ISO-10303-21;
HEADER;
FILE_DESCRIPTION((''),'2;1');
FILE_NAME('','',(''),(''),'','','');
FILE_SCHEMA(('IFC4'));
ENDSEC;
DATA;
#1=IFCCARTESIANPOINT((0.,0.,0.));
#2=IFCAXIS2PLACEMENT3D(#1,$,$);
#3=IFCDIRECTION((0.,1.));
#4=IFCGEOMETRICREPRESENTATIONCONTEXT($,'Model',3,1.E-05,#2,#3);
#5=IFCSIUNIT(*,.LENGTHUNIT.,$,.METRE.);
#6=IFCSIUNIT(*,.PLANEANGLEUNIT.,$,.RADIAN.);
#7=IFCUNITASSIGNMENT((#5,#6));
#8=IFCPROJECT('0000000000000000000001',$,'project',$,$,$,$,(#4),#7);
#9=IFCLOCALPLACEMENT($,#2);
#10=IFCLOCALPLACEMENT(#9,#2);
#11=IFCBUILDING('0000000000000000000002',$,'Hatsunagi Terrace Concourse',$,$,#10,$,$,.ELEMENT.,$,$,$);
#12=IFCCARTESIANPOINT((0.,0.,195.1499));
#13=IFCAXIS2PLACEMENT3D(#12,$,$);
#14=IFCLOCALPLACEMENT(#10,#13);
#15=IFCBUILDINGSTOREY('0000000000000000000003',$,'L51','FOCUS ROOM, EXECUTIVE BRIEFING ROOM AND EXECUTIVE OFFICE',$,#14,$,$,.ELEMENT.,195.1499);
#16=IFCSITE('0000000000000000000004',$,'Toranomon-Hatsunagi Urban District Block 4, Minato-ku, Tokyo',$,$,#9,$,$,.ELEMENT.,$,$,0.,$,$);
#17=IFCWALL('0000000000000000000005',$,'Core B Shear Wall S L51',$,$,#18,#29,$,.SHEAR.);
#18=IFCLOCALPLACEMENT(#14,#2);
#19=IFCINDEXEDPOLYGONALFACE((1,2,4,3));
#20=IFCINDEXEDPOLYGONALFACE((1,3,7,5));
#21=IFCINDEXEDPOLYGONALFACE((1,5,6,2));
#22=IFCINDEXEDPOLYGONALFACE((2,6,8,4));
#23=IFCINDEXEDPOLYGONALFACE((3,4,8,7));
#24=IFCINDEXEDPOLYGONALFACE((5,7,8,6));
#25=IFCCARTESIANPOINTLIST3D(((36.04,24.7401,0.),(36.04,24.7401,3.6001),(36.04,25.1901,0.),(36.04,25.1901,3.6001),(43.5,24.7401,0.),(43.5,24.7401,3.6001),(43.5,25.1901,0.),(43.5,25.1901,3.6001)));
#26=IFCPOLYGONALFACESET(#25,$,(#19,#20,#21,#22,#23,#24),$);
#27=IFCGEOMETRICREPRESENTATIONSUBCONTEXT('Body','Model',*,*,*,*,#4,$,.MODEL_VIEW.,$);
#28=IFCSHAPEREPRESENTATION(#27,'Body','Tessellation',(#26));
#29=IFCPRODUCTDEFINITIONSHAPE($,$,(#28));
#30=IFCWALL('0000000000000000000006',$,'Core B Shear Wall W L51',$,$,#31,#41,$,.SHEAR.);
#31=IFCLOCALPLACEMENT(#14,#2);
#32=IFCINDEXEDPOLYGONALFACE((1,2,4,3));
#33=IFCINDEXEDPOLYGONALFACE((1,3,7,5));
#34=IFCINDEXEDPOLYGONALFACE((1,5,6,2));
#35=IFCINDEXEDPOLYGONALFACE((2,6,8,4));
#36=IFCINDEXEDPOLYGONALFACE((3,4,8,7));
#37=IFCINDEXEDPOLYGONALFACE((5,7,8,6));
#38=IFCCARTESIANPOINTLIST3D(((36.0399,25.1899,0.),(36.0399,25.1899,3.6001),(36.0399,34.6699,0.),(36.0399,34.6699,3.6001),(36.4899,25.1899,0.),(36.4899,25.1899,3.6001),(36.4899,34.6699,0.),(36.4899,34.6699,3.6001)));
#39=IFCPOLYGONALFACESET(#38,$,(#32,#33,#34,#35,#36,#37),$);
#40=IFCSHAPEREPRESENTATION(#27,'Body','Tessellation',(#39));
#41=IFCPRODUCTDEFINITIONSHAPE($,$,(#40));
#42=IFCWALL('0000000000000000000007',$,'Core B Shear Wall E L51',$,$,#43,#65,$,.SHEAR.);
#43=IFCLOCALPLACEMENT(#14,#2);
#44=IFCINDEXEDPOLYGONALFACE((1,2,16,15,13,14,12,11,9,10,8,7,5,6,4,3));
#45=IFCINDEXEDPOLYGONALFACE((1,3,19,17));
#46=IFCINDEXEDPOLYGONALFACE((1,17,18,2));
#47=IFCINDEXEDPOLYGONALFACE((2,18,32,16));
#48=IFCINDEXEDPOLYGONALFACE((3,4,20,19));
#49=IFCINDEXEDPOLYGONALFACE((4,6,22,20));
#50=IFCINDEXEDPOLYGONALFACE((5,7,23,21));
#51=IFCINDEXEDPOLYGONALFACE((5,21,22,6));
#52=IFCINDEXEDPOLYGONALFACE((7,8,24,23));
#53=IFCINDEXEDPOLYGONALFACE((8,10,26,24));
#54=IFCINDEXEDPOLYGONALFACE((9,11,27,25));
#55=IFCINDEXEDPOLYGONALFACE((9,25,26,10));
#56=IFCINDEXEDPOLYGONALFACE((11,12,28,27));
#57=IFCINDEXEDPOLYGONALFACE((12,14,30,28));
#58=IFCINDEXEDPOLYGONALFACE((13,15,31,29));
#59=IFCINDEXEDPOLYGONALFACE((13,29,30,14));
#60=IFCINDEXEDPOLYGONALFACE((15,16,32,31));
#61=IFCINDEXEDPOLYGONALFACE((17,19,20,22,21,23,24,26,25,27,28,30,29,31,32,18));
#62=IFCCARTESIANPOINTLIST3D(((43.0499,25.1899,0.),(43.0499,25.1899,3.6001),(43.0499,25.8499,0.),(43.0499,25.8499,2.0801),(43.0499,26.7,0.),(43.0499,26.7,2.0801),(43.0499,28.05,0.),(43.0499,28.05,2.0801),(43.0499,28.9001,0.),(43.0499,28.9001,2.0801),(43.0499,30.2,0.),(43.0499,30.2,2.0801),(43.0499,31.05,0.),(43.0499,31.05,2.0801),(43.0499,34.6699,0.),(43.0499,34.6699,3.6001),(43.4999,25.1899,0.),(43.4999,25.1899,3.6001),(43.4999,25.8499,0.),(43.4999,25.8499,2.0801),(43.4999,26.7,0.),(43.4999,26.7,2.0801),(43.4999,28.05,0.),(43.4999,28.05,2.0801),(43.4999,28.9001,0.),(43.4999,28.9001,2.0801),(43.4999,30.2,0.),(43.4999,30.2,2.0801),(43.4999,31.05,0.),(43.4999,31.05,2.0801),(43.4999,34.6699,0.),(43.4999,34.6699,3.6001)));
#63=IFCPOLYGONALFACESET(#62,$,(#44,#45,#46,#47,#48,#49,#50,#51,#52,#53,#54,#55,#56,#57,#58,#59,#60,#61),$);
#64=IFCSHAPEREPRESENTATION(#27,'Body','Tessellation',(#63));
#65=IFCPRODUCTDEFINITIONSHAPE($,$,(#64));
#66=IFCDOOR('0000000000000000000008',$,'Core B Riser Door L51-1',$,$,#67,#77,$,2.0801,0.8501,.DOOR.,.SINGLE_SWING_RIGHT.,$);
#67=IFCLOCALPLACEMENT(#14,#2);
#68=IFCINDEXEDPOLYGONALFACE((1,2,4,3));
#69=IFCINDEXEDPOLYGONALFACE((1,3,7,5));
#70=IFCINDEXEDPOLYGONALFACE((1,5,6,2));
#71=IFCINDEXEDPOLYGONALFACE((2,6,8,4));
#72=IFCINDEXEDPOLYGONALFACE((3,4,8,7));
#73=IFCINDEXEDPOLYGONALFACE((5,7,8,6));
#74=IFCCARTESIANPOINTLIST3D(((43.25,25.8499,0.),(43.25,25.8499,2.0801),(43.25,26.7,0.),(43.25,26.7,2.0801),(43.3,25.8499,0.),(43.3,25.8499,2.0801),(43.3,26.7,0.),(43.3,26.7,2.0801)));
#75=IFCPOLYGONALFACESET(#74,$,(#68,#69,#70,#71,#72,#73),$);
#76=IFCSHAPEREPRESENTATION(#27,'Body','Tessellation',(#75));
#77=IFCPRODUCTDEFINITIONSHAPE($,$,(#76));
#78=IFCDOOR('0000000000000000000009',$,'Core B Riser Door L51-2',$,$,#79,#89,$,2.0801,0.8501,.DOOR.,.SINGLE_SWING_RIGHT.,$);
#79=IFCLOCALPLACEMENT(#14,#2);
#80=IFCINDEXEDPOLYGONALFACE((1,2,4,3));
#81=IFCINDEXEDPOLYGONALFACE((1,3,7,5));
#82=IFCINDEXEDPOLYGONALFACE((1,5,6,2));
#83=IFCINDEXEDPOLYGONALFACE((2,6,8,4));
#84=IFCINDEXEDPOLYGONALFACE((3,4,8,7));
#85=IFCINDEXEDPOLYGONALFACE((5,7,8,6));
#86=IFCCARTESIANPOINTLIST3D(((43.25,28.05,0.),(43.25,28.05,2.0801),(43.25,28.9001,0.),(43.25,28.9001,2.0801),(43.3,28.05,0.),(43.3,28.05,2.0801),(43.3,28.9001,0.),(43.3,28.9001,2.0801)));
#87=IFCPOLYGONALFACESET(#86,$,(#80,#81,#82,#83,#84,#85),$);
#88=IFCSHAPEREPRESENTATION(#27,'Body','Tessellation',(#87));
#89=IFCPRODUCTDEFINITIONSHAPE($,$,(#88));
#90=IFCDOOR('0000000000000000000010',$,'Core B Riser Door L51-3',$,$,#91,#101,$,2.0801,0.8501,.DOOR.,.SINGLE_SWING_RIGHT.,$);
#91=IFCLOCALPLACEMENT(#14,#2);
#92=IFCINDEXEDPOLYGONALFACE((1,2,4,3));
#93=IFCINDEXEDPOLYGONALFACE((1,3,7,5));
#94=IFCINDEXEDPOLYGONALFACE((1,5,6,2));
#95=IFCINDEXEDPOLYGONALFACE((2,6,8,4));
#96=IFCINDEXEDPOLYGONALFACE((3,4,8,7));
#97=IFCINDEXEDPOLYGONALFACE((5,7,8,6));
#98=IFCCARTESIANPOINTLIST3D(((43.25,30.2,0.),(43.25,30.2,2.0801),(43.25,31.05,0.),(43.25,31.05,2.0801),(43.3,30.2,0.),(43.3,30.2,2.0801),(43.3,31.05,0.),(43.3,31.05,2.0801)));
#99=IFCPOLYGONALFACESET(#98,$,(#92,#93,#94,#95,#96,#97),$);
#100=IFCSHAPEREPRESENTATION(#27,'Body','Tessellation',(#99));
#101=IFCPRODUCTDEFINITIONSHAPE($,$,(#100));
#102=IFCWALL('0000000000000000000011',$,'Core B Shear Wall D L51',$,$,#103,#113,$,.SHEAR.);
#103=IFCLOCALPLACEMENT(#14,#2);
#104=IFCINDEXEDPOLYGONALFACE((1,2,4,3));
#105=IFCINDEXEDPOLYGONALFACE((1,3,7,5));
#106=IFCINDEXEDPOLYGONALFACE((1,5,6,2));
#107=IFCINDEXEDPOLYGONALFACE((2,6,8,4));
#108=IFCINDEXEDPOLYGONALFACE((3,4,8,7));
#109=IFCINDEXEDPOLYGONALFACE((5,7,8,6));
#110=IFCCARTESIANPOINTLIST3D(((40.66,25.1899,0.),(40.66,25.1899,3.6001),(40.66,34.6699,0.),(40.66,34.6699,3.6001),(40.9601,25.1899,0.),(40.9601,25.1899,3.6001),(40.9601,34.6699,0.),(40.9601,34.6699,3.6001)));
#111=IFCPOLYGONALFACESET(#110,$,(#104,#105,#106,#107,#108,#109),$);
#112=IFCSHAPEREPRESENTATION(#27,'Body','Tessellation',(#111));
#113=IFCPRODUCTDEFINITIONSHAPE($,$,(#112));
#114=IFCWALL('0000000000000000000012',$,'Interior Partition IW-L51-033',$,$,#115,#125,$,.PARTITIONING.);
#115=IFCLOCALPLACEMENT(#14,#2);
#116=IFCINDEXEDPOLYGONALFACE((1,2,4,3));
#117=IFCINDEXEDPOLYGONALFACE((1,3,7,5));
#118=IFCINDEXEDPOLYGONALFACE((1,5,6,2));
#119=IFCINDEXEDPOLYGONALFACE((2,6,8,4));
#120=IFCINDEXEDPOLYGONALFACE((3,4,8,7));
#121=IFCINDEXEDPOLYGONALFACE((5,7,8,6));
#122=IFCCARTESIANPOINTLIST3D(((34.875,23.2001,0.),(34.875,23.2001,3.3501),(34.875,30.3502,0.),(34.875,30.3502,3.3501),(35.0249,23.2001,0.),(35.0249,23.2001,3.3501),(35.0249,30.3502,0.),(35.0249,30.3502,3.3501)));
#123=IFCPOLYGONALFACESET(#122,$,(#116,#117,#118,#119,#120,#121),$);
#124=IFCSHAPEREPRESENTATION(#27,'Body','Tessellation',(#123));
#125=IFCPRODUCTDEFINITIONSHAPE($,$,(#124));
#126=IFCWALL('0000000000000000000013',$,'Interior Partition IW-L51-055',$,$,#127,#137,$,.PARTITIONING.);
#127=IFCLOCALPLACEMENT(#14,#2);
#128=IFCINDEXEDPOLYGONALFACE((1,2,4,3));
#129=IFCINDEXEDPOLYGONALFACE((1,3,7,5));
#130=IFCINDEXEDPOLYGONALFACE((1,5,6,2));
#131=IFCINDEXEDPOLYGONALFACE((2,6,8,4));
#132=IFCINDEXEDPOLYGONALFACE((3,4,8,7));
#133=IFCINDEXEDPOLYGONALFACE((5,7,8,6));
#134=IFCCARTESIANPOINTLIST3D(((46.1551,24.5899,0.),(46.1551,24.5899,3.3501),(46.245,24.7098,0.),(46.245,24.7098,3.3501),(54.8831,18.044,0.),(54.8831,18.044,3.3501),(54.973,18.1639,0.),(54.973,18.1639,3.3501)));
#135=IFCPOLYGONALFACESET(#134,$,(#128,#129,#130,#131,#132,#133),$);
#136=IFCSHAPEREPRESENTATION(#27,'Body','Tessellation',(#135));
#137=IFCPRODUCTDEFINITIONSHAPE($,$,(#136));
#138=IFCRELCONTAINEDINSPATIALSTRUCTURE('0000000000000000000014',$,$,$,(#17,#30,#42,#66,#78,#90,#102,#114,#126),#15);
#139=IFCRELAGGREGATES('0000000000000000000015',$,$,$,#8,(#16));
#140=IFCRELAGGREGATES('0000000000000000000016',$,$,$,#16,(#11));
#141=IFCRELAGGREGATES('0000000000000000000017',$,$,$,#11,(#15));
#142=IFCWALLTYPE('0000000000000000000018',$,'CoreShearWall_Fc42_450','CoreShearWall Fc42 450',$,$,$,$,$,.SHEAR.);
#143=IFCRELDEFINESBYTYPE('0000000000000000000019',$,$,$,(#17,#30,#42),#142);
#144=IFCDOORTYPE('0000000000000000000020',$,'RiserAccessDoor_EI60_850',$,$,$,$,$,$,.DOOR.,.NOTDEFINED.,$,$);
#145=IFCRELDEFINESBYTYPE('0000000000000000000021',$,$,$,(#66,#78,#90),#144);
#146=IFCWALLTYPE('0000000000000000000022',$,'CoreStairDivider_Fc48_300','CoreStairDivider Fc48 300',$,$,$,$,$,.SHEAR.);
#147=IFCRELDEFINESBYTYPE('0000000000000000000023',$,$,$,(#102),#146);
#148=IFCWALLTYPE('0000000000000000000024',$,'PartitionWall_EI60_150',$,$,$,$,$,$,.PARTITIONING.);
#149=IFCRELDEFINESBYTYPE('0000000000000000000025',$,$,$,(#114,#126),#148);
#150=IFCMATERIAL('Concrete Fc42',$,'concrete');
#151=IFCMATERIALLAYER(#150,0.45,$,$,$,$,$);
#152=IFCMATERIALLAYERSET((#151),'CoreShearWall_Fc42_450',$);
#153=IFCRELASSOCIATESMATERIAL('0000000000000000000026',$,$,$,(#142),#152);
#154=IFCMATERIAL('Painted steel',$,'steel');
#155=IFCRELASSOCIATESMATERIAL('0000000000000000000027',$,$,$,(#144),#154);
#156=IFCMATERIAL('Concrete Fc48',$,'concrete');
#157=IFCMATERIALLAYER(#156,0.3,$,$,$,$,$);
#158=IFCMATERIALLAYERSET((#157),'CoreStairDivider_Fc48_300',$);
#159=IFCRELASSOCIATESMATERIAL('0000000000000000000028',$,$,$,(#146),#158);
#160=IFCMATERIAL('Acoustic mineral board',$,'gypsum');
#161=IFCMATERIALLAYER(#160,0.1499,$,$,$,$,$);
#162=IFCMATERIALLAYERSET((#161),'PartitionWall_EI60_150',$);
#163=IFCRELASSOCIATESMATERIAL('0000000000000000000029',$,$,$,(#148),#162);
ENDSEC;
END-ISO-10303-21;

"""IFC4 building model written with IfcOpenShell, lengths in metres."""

from ifc_helpers import new_model, si_unit, direction, frame, frame_2d, origin, place, context, subcontext, project, spatial, rectangle, extrude, material, layer, layer_set, type_object, element, fill, save


model = new_model("IFC4")

# Units and contexts
model_context = context("Model", 3, precision=1e-05, world=origin(), true_north=direction((0.0, 1.0)))
body_context = subcontext(model_context, "Body", "Model", "MODEL_VIEW")
ifc_project = project(units=[si_unit("LENGTHUNIT", "METRE"), si_unit("PLANEANGLEUNIT", "RADIAN")], contexts=[model_context])

# Site, building, storey
site_placement = place(None, origin())
site = spatial("IfcSite", under=ifc_project, at=site_placement, Name="Toranomon-Hatsunagi Urban District Block 4, Minato-ku, Tokyo", CompositionType="ELEMENT", RefElevation=0.0)
building_placement = place(site_placement, origin())
building = spatial("IfcBuilding", under=site, at=building_placement, Name="Hatsunagi Terrace Concourse", CompositionType="ELEMENT")
storey_placement = place(building_placement, frame((0.0, 0.0, 195.1499)))
storey = spatial("IfcBuildingStorey", under=building, at=storey_placement, Name="L51", Description="FOCUS ROOM, EXECUTIVE BRIEFING ROOM AND EXECUTIVE OFFICE", CompositionType="ELEMENT", Elevation=195.1499)

# Walls
ifc_material_1 = material(Name="Concrete Fc42", Category="concrete")
ifc_layer_1 = layer(ifc_material_1, 0.45)
ifc_layer_set_1 = layer_set([ifc_layer_1], Name="CoreShearWall_Fc42_450")
wall_type_1 = type_object("IfcWallType", Name="CoreShearWall_Fc42_450", Description="CoreShearWall Fc42 450", PredefinedType="SHEAR", material=ifc_layer_set_1)
wall_1_placement = place(storey_placement, frame((36.04, 24.9651, 0.0), z_axis=(0.0, 0.0, 1.0), x_axis=(1.0, 0.0, 0.0)))
element("IfcWall", 1, at=wall_1_placement, inside=storey, type_object=wall_type_1, Name="Core B Shear Wall S L51", PredefinedType="SHEAR", context=body_context, shape_type="SweptSolid", body=[
    extrude(rectangle(XDim=7.46, YDim=0.45, at=frame_2d((3.73, 0.0))), origin(), (0.0, 0.0, 1.0), 3.6001),
])
wall_2_placement = place(storey_placement, frame((36.2649, 25.1899, 0.0), z_axis=(0.0, 0.0, 1.0), x_axis=(0.0, 1.0, 0.0)))
element("IfcWall", 2, at=wall_2_placement, inside=storey, type_object=wall_type_1, Name="Core B Shear Wall W L51", PredefinedType="SHEAR", context=body_context, shape_type="SweptSolid", body=[
    extrude(rectangle(XDim=9.48, YDim=0.45, at=frame_2d((4.74, 0.0))), origin(), (0.0, 0.0, 1.0), 3.6001),
])

# Wall, openings, doors
wall_3_placement = place(storey_placement, frame((43.2749, 25.1899, 0.0), z_axis=(0.0, 0.0, 1.0), x_axis=(0.0, 1.0, 0.0)))
wall_3 = element("IfcWall", 3, at=wall_3_placement, inside=storey, type_object=wall_type_1, Name="Core B Shear Wall E L51", PredefinedType="SHEAR", context=body_context, shape_type="SweptSolid", body=[
    extrude(rectangle(XDim=9.48, YDim=0.45, at=frame_2d((4.74, 0.0))), origin(), (0.0, 0.0, 1.0), 3.6001),
])
opening_1_placement = place(wall_3_placement, frame((0.6599, 0.0, 0.0)))
opening_1 = element("IfcOpeningElement", 4, at=opening_1_placement, cuts=wall_3, PredefinedType="OPENING", context=body_context, shape_type="SweptSolid", body=[
    extrude(rectangle(XDim=0.8501, YDim=2.0801, at=frame_2d((0.425, 1.04))), frame((0.0, 0.2349, 0.0), z_axis=(0.0, -1.0, 0.0), x_axis=(1.0, 0.0, 0.0)), (0.0, 0.0, 1.0), 0.47),
])
opening_2_placement = place(wall_3_placement, frame((2.8601, 0.0, 0.0)))
opening_2 = element("IfcOpeningElement", 5, at=opening_2_placement, cuts=wall_3, PredefinedType="OPENING", context=body_context, shape_type="SweptSolid", body=[
    extrude(rectangle(XDim=0.8501, YDim=2.0801, at=frame_2d((0.425, 1.04))), frame((0.0, 0.2349, 0.0), z_axis=(0.0, -1.0, 0.0), x_axis=(1.0, 0.0, 0.0)), (0.0, 0.0, 1.0), 0.47),
])
opening_3_placement = place(wall_3_placement, frame((5.01, 0.0, 0.0)))
opening_3 = element("IfcOpeningElement", 6, at=opening_3_placement, cuts=wall_3, PredefinedType="OPENING", context=body_context, shape_type="SweptSolid", body=[
    extrude(rectangle(XDim=0.8501, YDim=2.0801, at=frame_2d((0.425, 1.04))), frame((0.0, 0.2349, 0.0), z_axis=(0.0, -1.0, 0.0), x_axis=(1.0, 0.0, 0.0)), (0.0, 0.0, 1.0), 0.47),
])
ifc_material_2 = material(Name="Painted steel", Category="steel")
door_type_1 = type_object("IfcDoorType", Name="RiserAccessDoor_EI60_850", OperationType="NOTDEFINED", PredefinedType="DOOR", material=ifc_material_2)
door_1_placement = place(opening_1_placement, origin())
door_1 = element("IfcDoor", 7, at=door_1_placement, inside=storey, type_object=door_type_1, Name="Core B Riser Door L51-1", OperationType="SINGLE_SWING_RIGHT", OverallHeight=2.0801, OverallWidth=0.8501, PredefinedType="DOOR", context=body_context, shape_type="SweptSolid", body=[
    extrude(rectangle(XDim=0.8501, YDim=2.0801, at=frame_2d((0.425, 1.04))), frame((0.0, 0.0249, 0.0), z_axis=(0.0, -1.0, 0.0), x_axis=(1.0, 0.0, 0.0)), (0.0, 0.0, 1.0), 0.05),
])
fill(opening_1, door_1)
door_2_placement = place(opening_2_placement, origin())
door_2 = element("IfcDoor", 8, at=door_2_placement, inside=storey, type_object=door_type_1, Name="Core B Riser Door L51-2", OperationType="SINGLE_SWING_RIGHT", OverallHeight=2.0801, OverallWidth=0.8501, PredefinedType="DOOR", context=body_context, shape_type="SweptSolid", body=[
    extrude(rectangle(XDim=0.8501, YDim=2.0801, at=frame_2d((0.425, 1.04))), frame((0.0, 0.0249, 0.0), z_axis=(0.0, -1.0, 0.0), x_axis=(1.0, 0.0, 0.0)), (0.0, 0.0, 1.0), 0.05),
])
fill(opening_2, door_2)
door_3_placement = place(opening_3_placement, origin())
door_3 = element("IfcDoor", 9, at=door_3_placement, inside=storey, type_object=door_type_1, Name="Core B Riser Door L51-3", OperationType="SINGLE_SWING_RIGHT", OverallHeight=2.0801, OverallWidth=0.8501, PredefinedType="DOOR", context=body_context, shape_type="SweptSolid", body=[
    extrude(rectangle(XDim=0.8501, YDim=2.0801, at=frame_2d((0.425, 1.04))), frame((0.0, 0.0249, 0.0), z_axis=(0.0, -1.0, 0.0), x_axis=(1.0, 0.0, 0.0)), (0.0, 0.0, 1.0), 0.05),
])
fill(opening_3, door_3)

# Walls
ifc_material_3 = material(Name="Concrete Fc48", Category="concrete")
ifc_layer_2 = layer(ifc_material_3, 0.3)
ifc_layer_set_2 = layer_set([ifc_layer_2], Name="CoreStairDivider_Fc48_300")
wall_type_2 = type_object("IfcWallType", Name="CoreStairDivider_Fc48_300", Description="CoreStairDivider Fc48 300", PredefinedType="SHEAR", material=ifc_layer_set_2)
wall_4_placement = place(storey_placement, frame((40.8101, 25.1899, 0.0), z_axis=(0.0, 0.0, 1.0), x_axis=(0.0, 1.0, 0.0)))
element("IfcWall", 10, at=wall_4_placement, inside=storey, type_object=wall_type_2, Name="Core B Shear Wall D L51", PredefinedType="SHEAR", context=body_context, shape_type="SweptSolid", body=[
    extrude(rectangle(XDim=9.48, YDim=0.3, at=frame_2d((4.74, 0.0))), origin(), (0.0, 0.0, 1.0), 3.6001),
])
ifc_material_4 = material(Name="Acoustic mineral board", Category="gypsum")
ifc_layer_3 = layer(ifc_material_4, 0.1499)
ifc_layer_set_3 = layer_set([ifc_layer_3], Name="PartitionWall_EI60_150")
wall_type_3 = type_object("IfcWallType", Name="PartitionWall_EI60_150", PredefinedType="PARTITIONING", material=ifc_layer_set_3)
wall_5_placement = place(storey_placement, frame((34.95, 23.2, 0.0), z_axis=(0.0, 0.0, 1.0), x_axis=(0.0, 1.0, 0.0)))
element("IfcWall", 11, at=wall_5_placement, inside=storey, type_object=wall_type_3, Name="Interior Partition IW-L51-033", PredefinedType="PARTITIONING", context=body_context, shape_type="SweptSolid", body=[
    extrude(rectangle(XDim=7.1501, YDim=0.1499, at=frame_2d((3.5752, 0.0))), origin(), (0.0, 0.0, 1.0), 3.3501),
])
wall_6_placement = place(storey_placement, frame((46.2, 24.6499, 0.0), z_axis=(0.0, 0.0, 1.0), x_axis=(0.800005, -0.599993, 0.0)))
element("IfcWall", 12, at=wall_6_placement, inside=storey, type_object=wall_type_3, Name="Interior Partition IW-L51-055", PredefinedType="PARTITIONING", context=body_context, shape_type="SweptSolid", body=[
    extrude(rectangle(XDim=10.9099, YDim=0.1499, at=frame_2d((5.4551, 0.0))), origin(), (0.0, 0.0, 1.0), 3.3501),
])

save(model, "model.ifc")
